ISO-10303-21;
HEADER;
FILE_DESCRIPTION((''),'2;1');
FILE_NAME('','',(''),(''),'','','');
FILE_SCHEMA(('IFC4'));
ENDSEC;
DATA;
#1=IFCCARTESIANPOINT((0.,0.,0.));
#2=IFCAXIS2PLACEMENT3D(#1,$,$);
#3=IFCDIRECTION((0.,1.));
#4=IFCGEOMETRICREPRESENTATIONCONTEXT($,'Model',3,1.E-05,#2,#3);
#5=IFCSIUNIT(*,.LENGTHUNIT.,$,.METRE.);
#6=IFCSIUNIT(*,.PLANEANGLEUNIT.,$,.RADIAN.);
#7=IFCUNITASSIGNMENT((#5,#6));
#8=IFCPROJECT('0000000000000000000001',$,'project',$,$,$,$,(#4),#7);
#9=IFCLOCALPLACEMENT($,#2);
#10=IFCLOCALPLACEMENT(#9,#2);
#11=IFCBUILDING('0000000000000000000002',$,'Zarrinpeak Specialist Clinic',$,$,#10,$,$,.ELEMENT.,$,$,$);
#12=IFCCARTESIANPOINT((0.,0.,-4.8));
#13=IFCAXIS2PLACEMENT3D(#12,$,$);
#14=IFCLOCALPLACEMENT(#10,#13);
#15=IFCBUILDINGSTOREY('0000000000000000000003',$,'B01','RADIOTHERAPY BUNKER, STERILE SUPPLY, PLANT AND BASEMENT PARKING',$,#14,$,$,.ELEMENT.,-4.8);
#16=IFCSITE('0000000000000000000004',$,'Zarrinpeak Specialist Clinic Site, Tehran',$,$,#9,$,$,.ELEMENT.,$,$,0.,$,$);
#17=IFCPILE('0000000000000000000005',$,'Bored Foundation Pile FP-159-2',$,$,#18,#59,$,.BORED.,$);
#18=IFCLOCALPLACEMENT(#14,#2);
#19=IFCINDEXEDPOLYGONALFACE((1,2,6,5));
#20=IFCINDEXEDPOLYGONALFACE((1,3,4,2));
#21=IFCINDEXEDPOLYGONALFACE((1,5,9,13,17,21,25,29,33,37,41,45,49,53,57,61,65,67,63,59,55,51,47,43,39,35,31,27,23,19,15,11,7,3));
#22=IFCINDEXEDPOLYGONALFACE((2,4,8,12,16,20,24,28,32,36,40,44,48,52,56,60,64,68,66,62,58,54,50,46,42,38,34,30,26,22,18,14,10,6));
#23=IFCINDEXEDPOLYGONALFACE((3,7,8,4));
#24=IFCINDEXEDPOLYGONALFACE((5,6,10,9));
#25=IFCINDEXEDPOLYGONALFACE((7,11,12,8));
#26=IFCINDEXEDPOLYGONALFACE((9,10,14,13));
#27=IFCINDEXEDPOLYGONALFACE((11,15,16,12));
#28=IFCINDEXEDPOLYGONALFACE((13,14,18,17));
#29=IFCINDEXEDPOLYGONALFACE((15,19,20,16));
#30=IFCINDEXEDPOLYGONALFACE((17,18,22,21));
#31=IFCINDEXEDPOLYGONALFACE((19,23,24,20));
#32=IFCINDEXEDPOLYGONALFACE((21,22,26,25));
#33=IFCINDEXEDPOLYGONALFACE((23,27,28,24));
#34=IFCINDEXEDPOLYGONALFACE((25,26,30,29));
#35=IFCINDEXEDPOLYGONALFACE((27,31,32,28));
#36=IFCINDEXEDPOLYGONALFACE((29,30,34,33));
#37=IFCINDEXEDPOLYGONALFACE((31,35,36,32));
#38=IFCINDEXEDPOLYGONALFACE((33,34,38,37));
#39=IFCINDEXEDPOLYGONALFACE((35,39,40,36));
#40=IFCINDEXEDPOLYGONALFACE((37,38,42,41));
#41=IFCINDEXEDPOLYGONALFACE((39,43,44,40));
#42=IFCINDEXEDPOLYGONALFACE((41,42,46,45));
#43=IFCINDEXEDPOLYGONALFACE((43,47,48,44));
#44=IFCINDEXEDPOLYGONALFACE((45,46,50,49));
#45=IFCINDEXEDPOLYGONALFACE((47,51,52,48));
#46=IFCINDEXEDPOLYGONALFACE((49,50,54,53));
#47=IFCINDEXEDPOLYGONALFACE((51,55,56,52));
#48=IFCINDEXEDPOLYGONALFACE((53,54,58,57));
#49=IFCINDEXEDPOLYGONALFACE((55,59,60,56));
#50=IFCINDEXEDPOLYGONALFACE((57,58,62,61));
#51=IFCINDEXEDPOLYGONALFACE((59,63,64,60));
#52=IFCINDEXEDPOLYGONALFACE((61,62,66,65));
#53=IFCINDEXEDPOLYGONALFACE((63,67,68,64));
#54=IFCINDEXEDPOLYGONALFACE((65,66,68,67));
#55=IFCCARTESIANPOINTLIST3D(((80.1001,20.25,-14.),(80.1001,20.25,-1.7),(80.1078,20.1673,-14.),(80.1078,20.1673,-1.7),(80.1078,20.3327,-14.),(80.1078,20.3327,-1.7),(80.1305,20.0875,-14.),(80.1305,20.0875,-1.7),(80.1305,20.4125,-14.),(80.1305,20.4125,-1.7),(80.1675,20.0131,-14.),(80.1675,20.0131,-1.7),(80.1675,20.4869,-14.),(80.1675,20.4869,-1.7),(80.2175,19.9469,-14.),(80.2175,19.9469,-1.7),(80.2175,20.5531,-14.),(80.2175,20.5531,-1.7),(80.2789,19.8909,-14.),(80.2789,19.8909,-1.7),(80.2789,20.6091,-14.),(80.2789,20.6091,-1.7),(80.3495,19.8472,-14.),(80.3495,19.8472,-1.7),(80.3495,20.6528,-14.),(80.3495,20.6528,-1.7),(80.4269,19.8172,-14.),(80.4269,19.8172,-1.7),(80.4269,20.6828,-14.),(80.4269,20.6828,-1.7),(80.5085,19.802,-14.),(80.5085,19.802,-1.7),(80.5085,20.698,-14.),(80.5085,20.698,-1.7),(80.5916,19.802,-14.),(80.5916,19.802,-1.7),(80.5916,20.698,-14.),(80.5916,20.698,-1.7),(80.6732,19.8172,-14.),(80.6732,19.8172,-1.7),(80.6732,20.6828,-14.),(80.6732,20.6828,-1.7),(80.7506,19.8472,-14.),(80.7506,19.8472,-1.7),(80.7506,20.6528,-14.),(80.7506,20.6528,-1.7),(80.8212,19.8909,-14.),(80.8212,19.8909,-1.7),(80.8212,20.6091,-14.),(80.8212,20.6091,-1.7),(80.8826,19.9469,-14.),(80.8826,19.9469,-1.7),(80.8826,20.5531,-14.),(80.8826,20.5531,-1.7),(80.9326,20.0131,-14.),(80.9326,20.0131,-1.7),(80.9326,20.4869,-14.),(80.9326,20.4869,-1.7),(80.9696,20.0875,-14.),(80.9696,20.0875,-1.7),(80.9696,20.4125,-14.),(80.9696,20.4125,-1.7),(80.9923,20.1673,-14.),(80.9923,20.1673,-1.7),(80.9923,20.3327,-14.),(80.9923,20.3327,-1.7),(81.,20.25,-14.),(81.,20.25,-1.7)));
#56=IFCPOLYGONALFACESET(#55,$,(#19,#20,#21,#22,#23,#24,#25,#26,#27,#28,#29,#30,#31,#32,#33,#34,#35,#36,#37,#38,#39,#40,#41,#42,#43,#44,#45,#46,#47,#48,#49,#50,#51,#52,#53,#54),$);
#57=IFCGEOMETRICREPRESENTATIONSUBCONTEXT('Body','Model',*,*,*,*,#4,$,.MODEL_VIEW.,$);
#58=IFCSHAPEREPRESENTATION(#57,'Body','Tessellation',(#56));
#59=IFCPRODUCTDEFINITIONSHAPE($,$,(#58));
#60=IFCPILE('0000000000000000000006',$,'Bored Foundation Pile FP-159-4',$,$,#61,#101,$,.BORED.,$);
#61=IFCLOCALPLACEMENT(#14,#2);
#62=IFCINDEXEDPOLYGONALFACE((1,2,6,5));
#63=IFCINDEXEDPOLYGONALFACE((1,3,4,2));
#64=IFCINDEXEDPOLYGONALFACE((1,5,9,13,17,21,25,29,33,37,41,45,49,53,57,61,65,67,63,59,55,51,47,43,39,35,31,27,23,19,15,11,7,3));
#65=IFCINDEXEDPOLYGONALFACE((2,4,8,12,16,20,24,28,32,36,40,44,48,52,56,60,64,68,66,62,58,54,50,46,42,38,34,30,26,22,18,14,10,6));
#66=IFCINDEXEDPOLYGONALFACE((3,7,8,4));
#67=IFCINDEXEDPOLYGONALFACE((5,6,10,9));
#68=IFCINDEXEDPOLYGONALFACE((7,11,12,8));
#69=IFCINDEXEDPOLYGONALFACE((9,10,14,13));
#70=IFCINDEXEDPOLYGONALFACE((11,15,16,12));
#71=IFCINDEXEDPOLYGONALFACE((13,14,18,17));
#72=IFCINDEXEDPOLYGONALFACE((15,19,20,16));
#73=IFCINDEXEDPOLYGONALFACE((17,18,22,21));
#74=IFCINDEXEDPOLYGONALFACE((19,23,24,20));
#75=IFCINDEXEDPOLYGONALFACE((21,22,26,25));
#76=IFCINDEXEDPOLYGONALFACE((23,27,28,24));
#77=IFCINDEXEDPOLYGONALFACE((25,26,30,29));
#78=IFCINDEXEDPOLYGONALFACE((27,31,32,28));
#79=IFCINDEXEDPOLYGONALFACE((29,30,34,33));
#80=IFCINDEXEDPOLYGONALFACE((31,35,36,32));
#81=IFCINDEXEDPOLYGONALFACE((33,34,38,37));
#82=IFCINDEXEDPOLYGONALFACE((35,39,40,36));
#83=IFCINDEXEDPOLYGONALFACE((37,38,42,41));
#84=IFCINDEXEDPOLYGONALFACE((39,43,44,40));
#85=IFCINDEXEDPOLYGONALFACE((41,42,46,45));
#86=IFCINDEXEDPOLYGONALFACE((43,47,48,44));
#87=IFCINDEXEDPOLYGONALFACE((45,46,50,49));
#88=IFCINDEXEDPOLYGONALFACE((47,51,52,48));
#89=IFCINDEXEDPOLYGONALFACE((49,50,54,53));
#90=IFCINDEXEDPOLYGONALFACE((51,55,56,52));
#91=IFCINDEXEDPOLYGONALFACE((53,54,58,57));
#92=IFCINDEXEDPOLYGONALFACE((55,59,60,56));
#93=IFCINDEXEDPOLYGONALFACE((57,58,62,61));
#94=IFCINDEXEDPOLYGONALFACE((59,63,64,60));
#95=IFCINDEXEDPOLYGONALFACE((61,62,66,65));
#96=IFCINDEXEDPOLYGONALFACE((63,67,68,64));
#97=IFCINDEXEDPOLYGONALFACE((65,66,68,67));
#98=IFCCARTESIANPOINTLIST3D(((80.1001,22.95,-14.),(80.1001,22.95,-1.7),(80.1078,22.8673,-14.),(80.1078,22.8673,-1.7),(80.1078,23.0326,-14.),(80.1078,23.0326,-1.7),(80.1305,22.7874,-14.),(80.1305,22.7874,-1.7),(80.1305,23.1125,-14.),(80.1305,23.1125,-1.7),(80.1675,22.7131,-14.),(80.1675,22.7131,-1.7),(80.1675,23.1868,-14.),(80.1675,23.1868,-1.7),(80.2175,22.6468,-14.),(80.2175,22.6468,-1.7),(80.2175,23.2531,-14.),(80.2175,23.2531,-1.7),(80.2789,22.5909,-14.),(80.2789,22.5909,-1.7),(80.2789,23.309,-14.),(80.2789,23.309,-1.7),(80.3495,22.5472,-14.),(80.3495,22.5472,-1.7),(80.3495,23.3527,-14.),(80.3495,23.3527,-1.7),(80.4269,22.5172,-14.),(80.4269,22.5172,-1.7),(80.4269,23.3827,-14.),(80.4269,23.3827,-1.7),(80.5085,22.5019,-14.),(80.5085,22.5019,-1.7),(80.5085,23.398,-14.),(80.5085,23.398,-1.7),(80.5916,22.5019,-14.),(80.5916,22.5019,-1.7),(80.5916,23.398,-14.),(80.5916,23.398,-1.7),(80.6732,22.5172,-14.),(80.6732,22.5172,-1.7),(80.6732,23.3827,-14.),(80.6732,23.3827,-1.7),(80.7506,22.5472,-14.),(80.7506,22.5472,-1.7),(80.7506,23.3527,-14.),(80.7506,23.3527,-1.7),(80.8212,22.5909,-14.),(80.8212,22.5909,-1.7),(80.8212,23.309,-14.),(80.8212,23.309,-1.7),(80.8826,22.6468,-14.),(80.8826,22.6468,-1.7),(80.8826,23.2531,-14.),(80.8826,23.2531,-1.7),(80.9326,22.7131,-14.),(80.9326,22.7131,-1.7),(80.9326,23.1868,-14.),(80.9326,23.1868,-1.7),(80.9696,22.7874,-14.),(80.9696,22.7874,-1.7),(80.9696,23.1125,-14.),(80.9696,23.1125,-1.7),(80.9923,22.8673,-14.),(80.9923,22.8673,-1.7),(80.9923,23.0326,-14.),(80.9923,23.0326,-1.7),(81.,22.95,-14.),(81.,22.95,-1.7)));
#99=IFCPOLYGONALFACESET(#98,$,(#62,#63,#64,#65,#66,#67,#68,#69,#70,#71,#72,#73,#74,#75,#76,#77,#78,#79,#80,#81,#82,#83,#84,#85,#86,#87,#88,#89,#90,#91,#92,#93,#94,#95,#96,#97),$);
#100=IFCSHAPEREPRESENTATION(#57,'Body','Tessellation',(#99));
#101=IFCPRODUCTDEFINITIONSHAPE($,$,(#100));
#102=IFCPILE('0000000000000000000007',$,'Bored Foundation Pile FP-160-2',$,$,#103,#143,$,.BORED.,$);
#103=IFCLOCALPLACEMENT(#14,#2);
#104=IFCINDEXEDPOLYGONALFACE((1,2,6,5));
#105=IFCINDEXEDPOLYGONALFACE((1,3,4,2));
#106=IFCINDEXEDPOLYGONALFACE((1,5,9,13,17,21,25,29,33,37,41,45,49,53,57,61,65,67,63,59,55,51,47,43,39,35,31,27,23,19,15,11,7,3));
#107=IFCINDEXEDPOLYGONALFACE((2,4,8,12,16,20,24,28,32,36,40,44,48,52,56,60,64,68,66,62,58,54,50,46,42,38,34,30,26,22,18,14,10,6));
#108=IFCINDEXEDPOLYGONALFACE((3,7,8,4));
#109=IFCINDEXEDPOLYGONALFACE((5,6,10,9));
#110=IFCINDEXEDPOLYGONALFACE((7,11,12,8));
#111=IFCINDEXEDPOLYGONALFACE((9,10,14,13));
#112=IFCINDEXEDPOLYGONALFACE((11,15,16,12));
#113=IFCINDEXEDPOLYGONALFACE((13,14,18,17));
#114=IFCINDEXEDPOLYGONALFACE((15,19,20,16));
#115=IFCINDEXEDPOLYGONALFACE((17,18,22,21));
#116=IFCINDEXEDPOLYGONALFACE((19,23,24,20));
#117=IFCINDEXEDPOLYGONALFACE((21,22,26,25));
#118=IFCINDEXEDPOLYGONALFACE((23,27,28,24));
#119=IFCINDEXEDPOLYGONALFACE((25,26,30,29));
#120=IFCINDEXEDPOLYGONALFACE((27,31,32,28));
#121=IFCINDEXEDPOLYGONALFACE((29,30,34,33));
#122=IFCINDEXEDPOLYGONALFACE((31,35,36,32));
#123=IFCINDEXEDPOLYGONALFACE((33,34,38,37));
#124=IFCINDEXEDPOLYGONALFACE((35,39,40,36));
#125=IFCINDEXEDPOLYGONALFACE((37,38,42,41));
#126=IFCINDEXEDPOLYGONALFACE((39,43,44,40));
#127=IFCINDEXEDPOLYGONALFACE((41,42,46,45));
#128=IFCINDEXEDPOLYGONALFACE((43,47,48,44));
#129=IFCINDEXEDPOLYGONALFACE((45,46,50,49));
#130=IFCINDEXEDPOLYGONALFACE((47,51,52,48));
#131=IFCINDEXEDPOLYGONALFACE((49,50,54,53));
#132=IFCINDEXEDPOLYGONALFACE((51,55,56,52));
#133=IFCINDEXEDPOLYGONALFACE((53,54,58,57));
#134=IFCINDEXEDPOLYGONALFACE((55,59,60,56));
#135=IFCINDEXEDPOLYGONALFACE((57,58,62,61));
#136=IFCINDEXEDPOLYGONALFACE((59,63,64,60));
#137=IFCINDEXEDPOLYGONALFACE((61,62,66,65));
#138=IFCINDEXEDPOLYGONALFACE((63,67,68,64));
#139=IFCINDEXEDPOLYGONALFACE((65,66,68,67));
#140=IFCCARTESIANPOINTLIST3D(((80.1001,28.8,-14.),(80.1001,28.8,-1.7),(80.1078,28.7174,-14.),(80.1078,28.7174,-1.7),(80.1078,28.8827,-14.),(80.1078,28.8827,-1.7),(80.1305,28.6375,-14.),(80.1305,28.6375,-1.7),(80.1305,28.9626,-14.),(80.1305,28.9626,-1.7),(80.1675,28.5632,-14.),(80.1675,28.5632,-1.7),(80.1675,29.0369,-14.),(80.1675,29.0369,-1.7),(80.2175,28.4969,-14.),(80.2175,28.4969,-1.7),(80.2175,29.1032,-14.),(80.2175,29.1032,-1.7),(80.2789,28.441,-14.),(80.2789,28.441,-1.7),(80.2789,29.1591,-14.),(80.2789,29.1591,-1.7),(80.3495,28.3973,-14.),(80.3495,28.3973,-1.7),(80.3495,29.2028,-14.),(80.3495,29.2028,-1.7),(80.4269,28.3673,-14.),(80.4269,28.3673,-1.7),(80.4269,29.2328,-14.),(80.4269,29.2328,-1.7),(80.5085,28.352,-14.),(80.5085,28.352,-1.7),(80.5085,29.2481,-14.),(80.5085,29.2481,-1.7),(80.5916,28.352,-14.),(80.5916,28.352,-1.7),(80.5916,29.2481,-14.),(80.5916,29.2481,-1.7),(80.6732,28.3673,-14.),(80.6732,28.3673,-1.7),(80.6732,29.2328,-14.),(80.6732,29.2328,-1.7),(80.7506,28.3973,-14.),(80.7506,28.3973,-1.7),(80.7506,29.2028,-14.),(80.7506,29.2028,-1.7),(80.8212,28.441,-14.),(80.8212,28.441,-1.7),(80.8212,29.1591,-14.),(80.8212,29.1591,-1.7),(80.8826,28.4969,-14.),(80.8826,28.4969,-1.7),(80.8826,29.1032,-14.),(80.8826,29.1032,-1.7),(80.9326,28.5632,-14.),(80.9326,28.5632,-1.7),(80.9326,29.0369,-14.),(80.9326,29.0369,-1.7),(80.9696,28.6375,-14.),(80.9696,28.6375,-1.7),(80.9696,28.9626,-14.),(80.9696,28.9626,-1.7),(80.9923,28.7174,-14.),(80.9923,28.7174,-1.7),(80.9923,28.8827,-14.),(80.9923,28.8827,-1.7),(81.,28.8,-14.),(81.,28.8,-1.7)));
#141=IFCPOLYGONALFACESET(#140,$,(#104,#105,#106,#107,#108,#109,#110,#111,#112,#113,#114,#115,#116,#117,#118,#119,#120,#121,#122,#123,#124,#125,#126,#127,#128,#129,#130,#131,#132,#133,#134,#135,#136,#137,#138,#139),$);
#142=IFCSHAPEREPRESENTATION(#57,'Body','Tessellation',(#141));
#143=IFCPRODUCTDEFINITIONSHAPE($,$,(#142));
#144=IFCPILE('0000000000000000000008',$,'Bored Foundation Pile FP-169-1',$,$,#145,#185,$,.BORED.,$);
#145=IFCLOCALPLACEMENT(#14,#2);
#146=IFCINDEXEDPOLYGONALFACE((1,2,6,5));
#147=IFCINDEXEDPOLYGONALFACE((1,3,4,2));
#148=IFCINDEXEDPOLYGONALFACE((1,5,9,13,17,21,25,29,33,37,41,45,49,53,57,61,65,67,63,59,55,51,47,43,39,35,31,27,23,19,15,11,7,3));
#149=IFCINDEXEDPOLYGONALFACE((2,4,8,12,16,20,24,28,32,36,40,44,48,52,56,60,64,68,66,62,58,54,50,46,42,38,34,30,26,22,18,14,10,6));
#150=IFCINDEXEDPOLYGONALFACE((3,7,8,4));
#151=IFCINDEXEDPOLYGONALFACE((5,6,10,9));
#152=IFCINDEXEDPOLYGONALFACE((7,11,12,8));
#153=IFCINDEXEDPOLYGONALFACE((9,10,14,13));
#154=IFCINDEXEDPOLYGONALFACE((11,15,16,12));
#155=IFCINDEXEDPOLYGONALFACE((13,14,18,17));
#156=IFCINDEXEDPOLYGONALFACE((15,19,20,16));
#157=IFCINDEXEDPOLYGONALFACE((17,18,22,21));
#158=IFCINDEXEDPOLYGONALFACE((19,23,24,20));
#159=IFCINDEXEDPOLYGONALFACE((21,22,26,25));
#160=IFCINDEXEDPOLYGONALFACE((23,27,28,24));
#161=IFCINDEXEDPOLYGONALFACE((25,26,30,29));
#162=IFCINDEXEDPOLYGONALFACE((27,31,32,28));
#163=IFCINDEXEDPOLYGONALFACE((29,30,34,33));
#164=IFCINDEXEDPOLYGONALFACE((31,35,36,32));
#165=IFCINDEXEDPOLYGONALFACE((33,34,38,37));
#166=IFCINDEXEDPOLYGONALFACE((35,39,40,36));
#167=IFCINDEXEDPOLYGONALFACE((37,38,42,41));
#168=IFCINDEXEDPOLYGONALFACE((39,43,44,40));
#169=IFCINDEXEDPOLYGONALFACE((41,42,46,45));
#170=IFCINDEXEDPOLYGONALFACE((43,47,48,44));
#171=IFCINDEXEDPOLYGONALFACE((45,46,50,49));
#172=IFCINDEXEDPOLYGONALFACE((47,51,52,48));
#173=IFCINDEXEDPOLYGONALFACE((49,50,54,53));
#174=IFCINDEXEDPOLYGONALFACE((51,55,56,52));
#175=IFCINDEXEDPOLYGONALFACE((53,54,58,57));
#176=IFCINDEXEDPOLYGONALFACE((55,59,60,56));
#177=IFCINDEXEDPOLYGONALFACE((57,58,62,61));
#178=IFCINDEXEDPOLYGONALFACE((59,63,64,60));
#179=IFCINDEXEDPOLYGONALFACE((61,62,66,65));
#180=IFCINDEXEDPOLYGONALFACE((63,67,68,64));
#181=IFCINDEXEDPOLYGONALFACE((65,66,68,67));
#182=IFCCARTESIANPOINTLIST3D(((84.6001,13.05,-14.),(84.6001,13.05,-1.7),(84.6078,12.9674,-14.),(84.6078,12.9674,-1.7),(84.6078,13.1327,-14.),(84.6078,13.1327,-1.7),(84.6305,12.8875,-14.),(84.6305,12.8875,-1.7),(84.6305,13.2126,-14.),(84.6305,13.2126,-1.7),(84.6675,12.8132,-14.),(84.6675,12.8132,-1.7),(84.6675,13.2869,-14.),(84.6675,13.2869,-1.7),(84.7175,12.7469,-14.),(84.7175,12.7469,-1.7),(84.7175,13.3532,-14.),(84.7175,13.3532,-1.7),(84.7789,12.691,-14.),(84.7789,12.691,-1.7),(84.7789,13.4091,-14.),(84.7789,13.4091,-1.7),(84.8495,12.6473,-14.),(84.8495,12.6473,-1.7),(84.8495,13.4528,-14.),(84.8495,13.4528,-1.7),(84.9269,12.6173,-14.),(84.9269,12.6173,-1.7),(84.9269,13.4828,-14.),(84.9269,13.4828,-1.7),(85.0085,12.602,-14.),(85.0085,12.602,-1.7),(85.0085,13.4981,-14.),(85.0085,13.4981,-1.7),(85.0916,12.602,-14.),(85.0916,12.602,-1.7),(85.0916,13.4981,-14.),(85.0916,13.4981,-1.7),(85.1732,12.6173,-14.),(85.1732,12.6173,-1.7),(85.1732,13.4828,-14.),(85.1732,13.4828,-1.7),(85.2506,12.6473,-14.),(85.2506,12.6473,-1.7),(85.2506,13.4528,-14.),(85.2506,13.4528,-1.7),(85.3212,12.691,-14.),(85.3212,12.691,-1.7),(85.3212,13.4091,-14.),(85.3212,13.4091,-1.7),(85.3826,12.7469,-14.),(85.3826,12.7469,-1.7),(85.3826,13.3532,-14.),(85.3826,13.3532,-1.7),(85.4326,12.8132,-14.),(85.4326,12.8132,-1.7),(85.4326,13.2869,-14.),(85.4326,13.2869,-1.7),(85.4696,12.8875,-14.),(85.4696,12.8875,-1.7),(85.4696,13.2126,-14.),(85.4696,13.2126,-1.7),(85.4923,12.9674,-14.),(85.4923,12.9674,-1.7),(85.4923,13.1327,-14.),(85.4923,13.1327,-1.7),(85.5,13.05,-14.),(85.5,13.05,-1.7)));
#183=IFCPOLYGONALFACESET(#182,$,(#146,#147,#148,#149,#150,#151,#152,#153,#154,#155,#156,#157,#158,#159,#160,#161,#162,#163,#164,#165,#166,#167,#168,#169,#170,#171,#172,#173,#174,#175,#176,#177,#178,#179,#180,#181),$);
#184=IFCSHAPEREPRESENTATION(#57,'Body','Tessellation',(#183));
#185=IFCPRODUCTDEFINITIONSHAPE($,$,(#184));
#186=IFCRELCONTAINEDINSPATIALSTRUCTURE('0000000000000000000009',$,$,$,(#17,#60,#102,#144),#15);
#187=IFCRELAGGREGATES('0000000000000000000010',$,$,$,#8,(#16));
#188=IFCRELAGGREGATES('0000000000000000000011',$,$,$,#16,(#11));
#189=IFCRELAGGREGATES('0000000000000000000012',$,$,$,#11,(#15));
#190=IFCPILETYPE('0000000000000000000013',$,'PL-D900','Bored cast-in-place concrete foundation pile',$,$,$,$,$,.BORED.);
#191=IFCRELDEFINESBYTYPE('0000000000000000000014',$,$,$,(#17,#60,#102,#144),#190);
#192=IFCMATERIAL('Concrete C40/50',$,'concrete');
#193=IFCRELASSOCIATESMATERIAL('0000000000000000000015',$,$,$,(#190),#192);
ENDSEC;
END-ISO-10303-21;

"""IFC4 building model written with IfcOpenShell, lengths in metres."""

from ifc_helpers import new_model, si_unit, direction, frame, origin, origin_2d, place, context, subcontext, project, spatial, circle, extrude, material, material_profile, profile_set, type_object, element, save


model = new_model("IFC4")

# Units and contexts
model_context = context("Model", 3, precision=1e-05, world=origin(), true_north=direction((0.0, 1.0)))
body_context = subcontext(model_context, "Body", "Model", "MODEL_VIEW")
ifc_project = project(units=[si_unit("LENGTHUNIT", "METRE"), si_unit("PLANEANGLEUNIT", "RADIAN")], contexts=[model_context])

# Site, building, storey
site_placement = place(None, origin())
site = spatial("IfcSite", under=ifc_project, at=site_placement, Name="Zarrinpeak Specialist Clinic Site, Tehran", CompositionType="ELEMENT", RefElevation=0.0)
building_placement = place(site_placement, origin())
building = spatial("IfcBuilding", under=site, at=building_placement, Name="Zarrinpeak Specialist Clinic", CompositionType="ELEMENT")
storey_placement = place(building_placement, frame((0.0, 0.0, -4.8)))
storey = spatial("IfcBuildingStorey", under=building, at=storey_placement, Name="B01", Description="RADIOTHERAPY BUNKER, STERILE SUPPLY, PLANT AND BASEMENT PARKING", CompositionType="ELEMENT", Elevation=-4.8)

# Shared definitions
ifc_material_1 = material(Name="Concrete C40/50", Category="concrete")

# Piles
ifc_material_profile_1 = material_profile(ifc_material_1, circle(Radius=0.45, at=origin_2d()), Name="BORED PILE D900")
ifc_profile_set_1 = profile_set([ifc_material_profile_1], Name="Concrete C40/50")
pile_type = type_object("IfcPileType", Name="PL-D900", Description="Bored cast-in-place concrete foundation pile", PredefinedType="BORED", material=ifc_profile_set_1)
for number, where, z_axis, x_axis, name in (
    (1, (80.55, 20.25, -1.7), (0.0, 0.0, -1.0), (1.0, 0.0, 0.0), "Bored Foundation Pile FP-159-2"),
    (2, (80.55, 22.95, -1.7), (0.0, 0.0, -1.0), (1.0, 0.0, 0.0), "Bored Foundation Pile FP-159-4"),
    (3, (80.55, 28.8, -1.7), (0.0, 0.0, -1.0), (1.0, 0.0, 0.0), "Bored Foundation Pile FP-160-2"),
    (4, (85.05, 13.05, -1.7), (0.0, 0.0, -1.0), (1.0, 0.0, 0.0), "Bored Foundation Pile FP-169-1"),
):
    element("IfcPile", number, at=place(storey_placement, frame(where, z_axis=z_axis, x_axis=x_axis)), inside=storey, type_object=pile_type, Name=name, PredefinedType="BORED", context=body_context, shape_type="SweptSolid", body=[
        extrude(circle(Radius=0.45, at=origin_2d()), origin(), (0.0, 0.0, 1.0), 12.3),
    ])

save(model, "model.ifc")
